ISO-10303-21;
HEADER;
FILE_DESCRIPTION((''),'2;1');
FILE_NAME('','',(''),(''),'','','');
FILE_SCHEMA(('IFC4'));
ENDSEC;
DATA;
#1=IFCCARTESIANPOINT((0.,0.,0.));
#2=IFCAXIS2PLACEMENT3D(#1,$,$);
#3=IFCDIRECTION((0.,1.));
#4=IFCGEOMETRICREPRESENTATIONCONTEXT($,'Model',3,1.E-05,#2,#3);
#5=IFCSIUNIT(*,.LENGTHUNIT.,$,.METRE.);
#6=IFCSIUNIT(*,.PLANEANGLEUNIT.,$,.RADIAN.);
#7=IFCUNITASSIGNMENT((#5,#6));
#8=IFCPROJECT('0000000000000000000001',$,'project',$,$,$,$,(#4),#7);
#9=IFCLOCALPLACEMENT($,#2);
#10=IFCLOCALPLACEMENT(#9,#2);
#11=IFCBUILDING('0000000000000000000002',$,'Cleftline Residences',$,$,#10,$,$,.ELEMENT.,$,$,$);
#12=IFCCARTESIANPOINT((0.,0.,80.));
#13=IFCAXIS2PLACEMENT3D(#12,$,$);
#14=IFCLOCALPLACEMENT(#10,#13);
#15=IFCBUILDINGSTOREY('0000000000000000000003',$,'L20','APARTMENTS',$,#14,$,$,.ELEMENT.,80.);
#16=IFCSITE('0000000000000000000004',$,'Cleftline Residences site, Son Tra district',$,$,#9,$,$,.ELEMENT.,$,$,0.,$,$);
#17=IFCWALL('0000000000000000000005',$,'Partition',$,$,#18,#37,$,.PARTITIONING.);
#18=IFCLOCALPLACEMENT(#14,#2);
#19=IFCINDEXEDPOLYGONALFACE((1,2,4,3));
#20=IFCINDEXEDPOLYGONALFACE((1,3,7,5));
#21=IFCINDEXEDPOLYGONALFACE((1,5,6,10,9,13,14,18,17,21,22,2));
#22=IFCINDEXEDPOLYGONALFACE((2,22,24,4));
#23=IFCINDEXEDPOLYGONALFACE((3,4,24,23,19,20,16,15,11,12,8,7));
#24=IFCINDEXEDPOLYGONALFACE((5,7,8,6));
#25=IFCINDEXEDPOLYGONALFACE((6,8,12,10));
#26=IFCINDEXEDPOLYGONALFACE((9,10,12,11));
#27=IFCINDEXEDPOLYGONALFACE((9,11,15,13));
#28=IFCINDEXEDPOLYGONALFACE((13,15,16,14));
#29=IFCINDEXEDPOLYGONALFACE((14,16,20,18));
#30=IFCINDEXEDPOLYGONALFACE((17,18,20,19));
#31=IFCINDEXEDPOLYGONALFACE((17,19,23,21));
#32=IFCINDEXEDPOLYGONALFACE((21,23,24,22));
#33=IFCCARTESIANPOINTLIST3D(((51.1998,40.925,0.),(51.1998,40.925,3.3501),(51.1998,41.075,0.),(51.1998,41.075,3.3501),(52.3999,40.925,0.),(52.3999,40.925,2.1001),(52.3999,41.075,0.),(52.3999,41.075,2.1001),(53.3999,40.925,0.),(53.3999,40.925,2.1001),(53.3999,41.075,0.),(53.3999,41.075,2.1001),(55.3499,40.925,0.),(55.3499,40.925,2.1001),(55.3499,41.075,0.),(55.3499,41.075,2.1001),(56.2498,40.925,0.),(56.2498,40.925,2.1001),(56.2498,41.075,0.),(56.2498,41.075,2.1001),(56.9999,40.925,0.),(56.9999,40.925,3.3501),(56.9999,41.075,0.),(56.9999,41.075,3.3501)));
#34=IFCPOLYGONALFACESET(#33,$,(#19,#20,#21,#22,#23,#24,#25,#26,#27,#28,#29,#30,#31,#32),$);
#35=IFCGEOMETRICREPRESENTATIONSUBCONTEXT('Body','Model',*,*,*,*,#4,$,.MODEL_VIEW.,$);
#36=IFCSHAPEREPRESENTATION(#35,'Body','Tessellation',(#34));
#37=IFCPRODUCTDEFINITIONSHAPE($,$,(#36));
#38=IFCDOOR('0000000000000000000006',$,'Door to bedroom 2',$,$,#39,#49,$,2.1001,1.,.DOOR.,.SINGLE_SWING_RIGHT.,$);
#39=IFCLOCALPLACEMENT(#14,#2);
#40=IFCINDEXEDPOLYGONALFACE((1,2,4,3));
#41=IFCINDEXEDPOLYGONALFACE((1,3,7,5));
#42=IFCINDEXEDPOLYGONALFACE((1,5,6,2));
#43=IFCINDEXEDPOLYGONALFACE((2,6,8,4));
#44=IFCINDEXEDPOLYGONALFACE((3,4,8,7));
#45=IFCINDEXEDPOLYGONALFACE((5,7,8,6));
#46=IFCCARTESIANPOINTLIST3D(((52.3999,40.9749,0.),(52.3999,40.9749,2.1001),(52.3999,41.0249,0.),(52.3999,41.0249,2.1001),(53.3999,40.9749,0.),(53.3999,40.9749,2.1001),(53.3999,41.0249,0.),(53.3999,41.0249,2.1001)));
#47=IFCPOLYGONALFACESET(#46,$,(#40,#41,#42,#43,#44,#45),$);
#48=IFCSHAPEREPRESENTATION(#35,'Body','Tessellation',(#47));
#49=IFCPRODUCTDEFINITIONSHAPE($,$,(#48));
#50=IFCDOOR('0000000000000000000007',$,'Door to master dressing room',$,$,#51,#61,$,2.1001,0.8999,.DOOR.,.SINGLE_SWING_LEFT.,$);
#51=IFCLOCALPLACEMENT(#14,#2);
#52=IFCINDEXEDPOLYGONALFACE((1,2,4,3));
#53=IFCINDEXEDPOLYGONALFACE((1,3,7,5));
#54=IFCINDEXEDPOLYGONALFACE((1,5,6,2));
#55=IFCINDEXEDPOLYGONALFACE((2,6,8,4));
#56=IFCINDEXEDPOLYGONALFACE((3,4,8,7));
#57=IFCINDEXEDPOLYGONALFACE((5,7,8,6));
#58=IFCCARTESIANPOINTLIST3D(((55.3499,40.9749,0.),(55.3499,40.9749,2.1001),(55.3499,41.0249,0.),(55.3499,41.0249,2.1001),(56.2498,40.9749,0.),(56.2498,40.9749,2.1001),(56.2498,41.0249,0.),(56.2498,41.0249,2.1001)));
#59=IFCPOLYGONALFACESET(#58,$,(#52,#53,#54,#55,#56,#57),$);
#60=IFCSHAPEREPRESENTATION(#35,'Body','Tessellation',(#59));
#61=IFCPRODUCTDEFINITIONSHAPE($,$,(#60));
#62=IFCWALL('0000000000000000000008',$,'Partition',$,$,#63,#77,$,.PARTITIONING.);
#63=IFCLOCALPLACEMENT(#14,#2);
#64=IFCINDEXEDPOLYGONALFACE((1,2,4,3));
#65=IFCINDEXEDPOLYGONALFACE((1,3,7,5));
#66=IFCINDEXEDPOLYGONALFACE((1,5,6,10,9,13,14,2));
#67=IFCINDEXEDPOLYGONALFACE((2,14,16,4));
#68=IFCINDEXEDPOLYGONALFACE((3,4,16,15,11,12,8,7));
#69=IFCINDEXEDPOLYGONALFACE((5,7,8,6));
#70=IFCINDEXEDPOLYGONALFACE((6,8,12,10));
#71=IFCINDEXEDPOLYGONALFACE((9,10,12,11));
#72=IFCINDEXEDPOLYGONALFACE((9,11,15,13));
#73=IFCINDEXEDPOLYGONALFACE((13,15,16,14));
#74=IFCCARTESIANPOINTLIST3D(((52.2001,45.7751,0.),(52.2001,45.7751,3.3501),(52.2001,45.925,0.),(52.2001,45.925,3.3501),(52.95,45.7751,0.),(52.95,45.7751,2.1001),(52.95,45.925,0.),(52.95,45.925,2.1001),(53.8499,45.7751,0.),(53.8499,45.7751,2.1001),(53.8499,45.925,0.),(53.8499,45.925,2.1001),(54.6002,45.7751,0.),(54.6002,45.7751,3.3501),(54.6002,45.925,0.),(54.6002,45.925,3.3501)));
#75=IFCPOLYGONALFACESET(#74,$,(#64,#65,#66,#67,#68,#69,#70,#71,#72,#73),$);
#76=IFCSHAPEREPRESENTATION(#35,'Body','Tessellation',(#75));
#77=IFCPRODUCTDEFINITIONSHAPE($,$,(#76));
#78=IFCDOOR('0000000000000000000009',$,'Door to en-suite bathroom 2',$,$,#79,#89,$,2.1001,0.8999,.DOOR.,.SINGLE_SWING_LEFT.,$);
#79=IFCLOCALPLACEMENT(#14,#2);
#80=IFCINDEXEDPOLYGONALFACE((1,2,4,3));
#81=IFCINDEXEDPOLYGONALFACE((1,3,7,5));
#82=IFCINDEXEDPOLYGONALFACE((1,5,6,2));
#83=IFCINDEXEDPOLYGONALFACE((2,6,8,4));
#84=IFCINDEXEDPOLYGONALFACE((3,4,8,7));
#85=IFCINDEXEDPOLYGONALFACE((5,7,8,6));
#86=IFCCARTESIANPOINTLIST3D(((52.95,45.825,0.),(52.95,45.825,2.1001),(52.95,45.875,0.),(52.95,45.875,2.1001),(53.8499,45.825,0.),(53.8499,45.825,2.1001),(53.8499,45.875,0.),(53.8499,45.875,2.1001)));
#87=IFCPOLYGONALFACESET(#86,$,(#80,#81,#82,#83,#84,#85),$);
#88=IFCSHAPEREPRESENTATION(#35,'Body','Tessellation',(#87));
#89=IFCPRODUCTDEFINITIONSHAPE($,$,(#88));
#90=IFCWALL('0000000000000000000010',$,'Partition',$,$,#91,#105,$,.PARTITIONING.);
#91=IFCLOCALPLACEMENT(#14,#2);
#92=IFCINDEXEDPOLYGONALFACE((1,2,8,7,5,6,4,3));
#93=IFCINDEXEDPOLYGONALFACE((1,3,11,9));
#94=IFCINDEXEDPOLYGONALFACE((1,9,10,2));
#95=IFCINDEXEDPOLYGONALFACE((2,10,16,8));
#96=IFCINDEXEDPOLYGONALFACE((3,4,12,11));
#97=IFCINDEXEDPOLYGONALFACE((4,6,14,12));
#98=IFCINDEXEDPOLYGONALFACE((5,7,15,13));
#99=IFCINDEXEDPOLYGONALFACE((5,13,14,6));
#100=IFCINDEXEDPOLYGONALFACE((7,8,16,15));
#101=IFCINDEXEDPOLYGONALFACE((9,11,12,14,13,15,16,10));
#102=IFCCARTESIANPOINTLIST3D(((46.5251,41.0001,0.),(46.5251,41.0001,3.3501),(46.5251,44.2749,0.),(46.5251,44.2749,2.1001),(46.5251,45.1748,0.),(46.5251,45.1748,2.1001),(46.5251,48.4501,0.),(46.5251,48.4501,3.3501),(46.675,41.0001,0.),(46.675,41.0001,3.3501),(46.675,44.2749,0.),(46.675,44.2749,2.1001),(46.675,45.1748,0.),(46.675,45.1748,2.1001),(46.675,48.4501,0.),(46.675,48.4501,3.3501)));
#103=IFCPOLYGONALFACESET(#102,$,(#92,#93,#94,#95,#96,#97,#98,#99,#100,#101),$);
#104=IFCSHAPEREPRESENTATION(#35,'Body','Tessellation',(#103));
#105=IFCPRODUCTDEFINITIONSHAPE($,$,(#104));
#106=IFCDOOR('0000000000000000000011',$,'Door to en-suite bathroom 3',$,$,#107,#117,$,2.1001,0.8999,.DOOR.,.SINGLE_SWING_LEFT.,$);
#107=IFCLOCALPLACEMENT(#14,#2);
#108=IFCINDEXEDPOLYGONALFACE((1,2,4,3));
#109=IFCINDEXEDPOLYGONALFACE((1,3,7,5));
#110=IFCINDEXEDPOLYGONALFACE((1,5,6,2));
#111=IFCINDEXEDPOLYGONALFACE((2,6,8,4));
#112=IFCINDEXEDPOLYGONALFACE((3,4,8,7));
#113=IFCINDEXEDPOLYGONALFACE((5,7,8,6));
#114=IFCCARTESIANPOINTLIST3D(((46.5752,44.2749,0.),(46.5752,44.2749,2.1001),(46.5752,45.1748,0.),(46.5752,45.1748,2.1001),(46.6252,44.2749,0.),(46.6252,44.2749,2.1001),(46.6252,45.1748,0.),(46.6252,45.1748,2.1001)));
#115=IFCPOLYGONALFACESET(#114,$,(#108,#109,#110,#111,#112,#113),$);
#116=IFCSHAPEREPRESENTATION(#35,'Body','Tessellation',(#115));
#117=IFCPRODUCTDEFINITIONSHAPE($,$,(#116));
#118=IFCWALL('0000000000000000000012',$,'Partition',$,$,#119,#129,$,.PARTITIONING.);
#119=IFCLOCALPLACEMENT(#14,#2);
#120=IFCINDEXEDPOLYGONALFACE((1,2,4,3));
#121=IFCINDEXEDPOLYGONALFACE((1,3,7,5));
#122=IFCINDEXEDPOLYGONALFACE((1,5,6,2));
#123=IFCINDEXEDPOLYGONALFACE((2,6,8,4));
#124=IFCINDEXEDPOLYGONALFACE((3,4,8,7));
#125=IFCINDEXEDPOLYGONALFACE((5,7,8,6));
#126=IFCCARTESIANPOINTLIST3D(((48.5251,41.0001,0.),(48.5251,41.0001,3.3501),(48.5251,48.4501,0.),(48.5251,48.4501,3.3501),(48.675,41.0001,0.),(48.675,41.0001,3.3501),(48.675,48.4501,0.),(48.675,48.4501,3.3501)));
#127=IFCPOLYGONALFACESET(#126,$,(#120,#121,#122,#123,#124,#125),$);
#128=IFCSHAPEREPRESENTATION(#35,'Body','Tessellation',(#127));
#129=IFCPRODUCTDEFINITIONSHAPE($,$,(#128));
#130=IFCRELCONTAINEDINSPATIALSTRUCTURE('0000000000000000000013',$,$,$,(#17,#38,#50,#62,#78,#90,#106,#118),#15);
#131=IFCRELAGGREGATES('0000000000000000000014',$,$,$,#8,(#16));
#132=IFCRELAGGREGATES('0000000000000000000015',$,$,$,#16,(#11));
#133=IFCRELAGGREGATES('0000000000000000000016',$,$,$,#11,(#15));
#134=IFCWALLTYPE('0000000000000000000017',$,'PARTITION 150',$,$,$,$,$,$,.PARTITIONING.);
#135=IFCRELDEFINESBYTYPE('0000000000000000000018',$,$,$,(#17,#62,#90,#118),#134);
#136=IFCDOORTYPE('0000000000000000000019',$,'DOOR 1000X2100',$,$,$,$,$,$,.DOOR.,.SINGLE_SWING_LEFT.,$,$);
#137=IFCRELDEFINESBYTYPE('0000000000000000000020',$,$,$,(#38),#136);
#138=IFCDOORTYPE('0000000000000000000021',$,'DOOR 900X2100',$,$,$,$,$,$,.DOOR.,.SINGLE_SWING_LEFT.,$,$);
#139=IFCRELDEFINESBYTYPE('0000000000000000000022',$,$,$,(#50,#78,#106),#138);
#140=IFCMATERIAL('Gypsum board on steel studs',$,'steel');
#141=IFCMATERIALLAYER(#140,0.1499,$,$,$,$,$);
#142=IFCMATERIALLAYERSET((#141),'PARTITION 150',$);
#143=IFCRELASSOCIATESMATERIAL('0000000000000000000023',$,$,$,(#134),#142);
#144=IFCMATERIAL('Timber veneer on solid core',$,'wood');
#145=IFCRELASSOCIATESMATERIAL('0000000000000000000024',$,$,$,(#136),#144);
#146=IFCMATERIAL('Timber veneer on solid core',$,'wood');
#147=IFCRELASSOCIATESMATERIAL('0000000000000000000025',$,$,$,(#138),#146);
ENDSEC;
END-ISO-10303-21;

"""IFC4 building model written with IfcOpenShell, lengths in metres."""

from ifc_helpers import new_model, si_unit, direction, frame, frame_2d, origin, place, context, subcontext, project, spatial, rectangle, extrude, material, layer, layer_set, type_object, element, fill, save


model = new_model("IFC4")

# Units and contexts
model_context = context("Model", 3, precision=1e-05, world=origin(), true_north=direction((0.0, 1.0)))
body_context = subcontext(model_context, "Body", "Model", "MODEL_VIEW")
ifc_project = project(units=[si_unit("LENGTHUNIT", "METRE"), si_unit("PLANEANGLEUNIT", "RADIAN")], contexts=[model_context])

# Site, building, storey
site_placement = place(None, origin())
site = spatial("IfcSite", under=ifc_project, at=site_placement, Name="Cleftline Residences site, Son Tra district", CompositionType="ELEMENT", RefElevation=0.0)
building_placement = place(site_placement, origin())
building = spatial("IfcBuilding", under=site, at=building_placement, Name="Cleftline Residences", CompositionType="ELEMENT")
storey_placement = place(building_placement, frame((0.0, 0.0, 80.0)))
storey = spatial("IfcBuildingStorey", under=building, at=storey_placement, Name="L20", Description="APARTMENTS", CompositionType="ELEMENT", Elevation=80.0)

# Shared definitions
ifc_material_1 = material(Name="Gypsum board on steel studs", Category="steel")
ifc_layer_1 = layer(ifc_material_1, 0.1499)
ifc_layer_set_1 = layer_set([ifc_layer_1], Name="PARTITION 150")
wall_type = type_object("IfcWallType", Name="PARTITION 150", PredefinedType="PARTITIONING", material=ifc_layer_set_1)
ifc_material_2 = material(Name="Timber veneer on solid core", Category="wood")
door_type_1 = type_object("IfcDoorType", Name="DOOR 1000X2100", OperationType="SINGLE_SWING_LEFT", PredefinedType="DOOR", material=ifc_material_2)
ifc_material_3 = material(Name="Timber veneer on solid core", Category="wood")
door_type_2 = type_object("IfcDoorType", Name="DOOR 900X2100", OperationType="SINGLE_SWING_LEFT", PredefinedType="DOOR", material=ifc_material_3)

# Wall, openings, doors
wall_1_placement = place(storey_placement, frame((51.2, 41.0, 0.0), z_axis=(0.0, 0.0, 1.0), x_axis=(1.0, 0.0, 0.0)))
wall_1 = element("IfcWall", 1, at=wall_1_placement, inside=storey, type_object=wall_type, Name="Partition", PredefinedType="PARTITIONING", context=body_context, shape_type="SweptSolid", body=[
    extrude(rectangle(XDim=5.8, YDim=0.1499, at=frame_2d((2.8999, 0.0))), origin(), (0.0, 0.0, 1.0), 3.3501),
])
opening_1_placement = place(wall_1_placement, frame((4.1499, 0.0, 0.0)))
opening_1 = element("IfcOpeningElement", 2, at=opening_1_placement, cuts=wall_1, PredefinedType="OPENING", context=body_context, shape_type="SweptSolid", body=[
    extrude(rectangle(XDim=0.8999, YDim=2.1001, at=frame_2d((0.45, 1.05))), frame((0.0, 0.085, 0.0), z_axis=(0.0, -1.0, 0.0), x_axis=(1.0, 0.0, 0.0)), (0.0, 0.0, 1.0), 0.1699),
])
opening_2_placement = place(wall_1_placement, frame((1.2, 0.0, 0.0)))
opening_2 = element("IfcOpeningElement", 3, at=opening_2_placement, cuts=wall_1, PredefinedType="OPENING", context=body_context, shape_type="SweptSolid", body=[
    extrude(rectangle(XDim=1.0, YDim=2.1001, at=frame_2d((0.5, 1.05))), frame((0.0, 0.085, 0.0), z_axis=(0.0, -1.0, 0.0), x_axis=(1.0, 0.0, 0.0)), (0.0, 0.0, 1.0), 0.1699),
])
door_1_placement = place(opening_2_placement, origin())
door_1 = element("IfcDoor", 4, at=door_1_placement, inside=storey, type_object=door_type_1, Name="Door to bedroom 2", OperationType="SINGLE_SWING_RIGHT", OverallHeight=2.1001, OverallWidth=1.0, PredefinedType="DOOR", context=body_context, shape_type="SweptSolid", body=[
    extrude(rectangle(XDim=1.0, YDim=2.1001, at=frame_2d((0.5, 1.05))), frame((0.0, 0.0249, 0.0), z_axis=(0.0, -1.0, 0.0), x_axis=(1.0, 0.0, 0.0)), (0.0, 0.0, 1.0), 0.05),
])
fill(opening_2, door_1)
door_2_placement = place(opening_1_placement, origin())
door_2 = element("IfcDoor", 5, at=door_2_placement, inside=storey, type_object=door_type_2, Name="Door to master dressing room", OperationType="SINGLE_SWING_LEFT", OverallHeight=2.1001, OverallWidth=0.8999, PredefinedType="DOOR", context=body_context, shape_type="SweptSolid", body=[
    extrude(rectangle(XDim=0.8999, YDim=2.1001, at=frame_2d((0.45, 1.05))), frame((0.0, 0.0249, 0.0), z_axis=(0.0, -1.0, 0.0), x_axis=(1.0, 0.0, 0.0)), (0.0, 0.0, 1.0), 0.05),
])
fill(opening_1, door_2)

# Walls, openings, doors
wall_2_placement = place(storey_placement, frame((52.2, 45.8501, 0.0), z_axis=(0.0, 0.0, 1.0), x_axis=(1.0, 0.0, 0.0)))
wall_2 = element("IfcWall", 6, at=wall_2_placement, inside=storey, type_object=wall_type, Name="Partition", PredefinedType="PARTITIONING", context=body_context, shape_type="SweptSolid", body=[
    extrude(rectangle(XDim=2.4001, YDim=0.1499, at=frame_2d((1.2002, 0.0))), origin(), (0.0, 0.0, 1.0), 3.3501),
])
opening_3_placement = place(wall_2_placement, frame((0.75, 0.0, 0.0)))
opening_3 = element("IfcOpeningElement", 7, at=opening_3_placement, cuts=wall_2, PredefinedType="OPENING", context=body_context, shape_type="SweptSolid", body=[
    extrude(rectangle(XDim=0.8999, YDim=2.1001, at=frame_2d((0.45, 1.05))), frame((0.0, 0.085, 0.0), z_axis=(0.0, -1.0, 0.0), x_axis=(1.0, 0.0, 0.0)), (0.0, 0.0, 1.0), 0.1699),
])
door_3_placement = place(opening_3_placement, origin())
door_3 = element("IfcDoor", 8, at=door_3_placement, inside=storey, type_object=door_type_2, Name="Door to en-suite bathroom 2", OperationType="SINGLE_SWING_LEFT", OverallHeight=2.1001, OverallWidth=0.8999, PredefinedType="DOOR", context=body_context, shape_type="SweptSolid", body=[
    extrude(rectangle(XDim=0.8999, YDim=2.1001, at=frame_2d((0.45, 1.05))), frame((0.0, 0.0249, 0.0), z_axis=(0.0, -1.0, 0.0), x_axis=(1.0, 0.0, 0.0)), (0.0, 0.0, 1.0), 0.05),
])
fill(opening_3, door_3)
wall_3_placement = place(storey_placement, frame((46.6001, 41.0, 0.0), z_axis=(0.0, 0.0, 1.0), x_axis=(0.0, 1.0, 0.0)))
wall_3 = element("IfcWall", 9, at=wall_3_placement, inside=storey, type_object=wall_type, Name="Partition", PredefinedType="PARTITIONING", context=body_context, shape_type="SweptSolid", body=[
    extrude(rectangle(XDim=7.45, YDim=0.1499, at=frame_2d((3.7251, 0.0))), origin(), (0.0, 0.0, 1.0), 3.3501),
])
opening_4_placement = place(wall_3_placement, frame((3.2749, 0.0, 0.0)))
opening_4 = element("IfcOpeningElement", 10, at=opening_4_placement, cuts=wall_3, PredefinedType="OPENING", context=body_context, shape_type="SweptSolid", body=[
    extrude(rectangle(XDim=0.8999, YDim=2.1001, at=frame_2d((0.45, 1.05))), frame((0.0, 0.085, 0.0), z_axis=(0.0, -1.0, 0.0), x_axis=(1.0, 0.0, 0.0)), (0.0, 0.0, 1.0), 0.1699),
])
door_4_placement = place(opening_4_placement, origin())
door_4 = element("IfcDoor", 11, at=door_4_placement, inside=storey, type_object=door_type_2, Name="Door to en-suite bathroom 3", OperationType="SINGLE_SWING_LEFT", OverallHeight=2.1001, OverallWidth=0.8999, PredefinedType="DOOR", context=body_context, shape_type="SweptSolid", body=[
    extrude(rectangle(XDim=0.8999, YDim=2.1001, at=frame_2d((0.45, 1.05))), frame((0.0, 0.0249, 0.0), z_axis=(0.0, -1.0, 0.0), x_axis=(1.0, 0.0, 0.0)), (0.0, 0.0, 1.0), 0.05),
])
fill(opening_4, door_4)

# Wall
wall_4_placement = place(storey_placement, frame((48.6001, 41.0, 0.0), z_axis=(0.0, 0.0, 1.0), x_axis=(0.0, 1.0, 0.0)))
element("IfcWall", 12, at=wall_4_placement, inside=storey, type_object=wall_type, Name="Partition", PredefinedType="PARTITIONING", context=body_context, shape_type="SweptSolid", body=[
    extrude(rectangle(XDim=7.45, YDim=0.1499, at=frame_2d((3.7251, 0.0))), origin(), (0.0, 0.0, 1.0), 3.3501),
])

save(model, "model.ifc")
